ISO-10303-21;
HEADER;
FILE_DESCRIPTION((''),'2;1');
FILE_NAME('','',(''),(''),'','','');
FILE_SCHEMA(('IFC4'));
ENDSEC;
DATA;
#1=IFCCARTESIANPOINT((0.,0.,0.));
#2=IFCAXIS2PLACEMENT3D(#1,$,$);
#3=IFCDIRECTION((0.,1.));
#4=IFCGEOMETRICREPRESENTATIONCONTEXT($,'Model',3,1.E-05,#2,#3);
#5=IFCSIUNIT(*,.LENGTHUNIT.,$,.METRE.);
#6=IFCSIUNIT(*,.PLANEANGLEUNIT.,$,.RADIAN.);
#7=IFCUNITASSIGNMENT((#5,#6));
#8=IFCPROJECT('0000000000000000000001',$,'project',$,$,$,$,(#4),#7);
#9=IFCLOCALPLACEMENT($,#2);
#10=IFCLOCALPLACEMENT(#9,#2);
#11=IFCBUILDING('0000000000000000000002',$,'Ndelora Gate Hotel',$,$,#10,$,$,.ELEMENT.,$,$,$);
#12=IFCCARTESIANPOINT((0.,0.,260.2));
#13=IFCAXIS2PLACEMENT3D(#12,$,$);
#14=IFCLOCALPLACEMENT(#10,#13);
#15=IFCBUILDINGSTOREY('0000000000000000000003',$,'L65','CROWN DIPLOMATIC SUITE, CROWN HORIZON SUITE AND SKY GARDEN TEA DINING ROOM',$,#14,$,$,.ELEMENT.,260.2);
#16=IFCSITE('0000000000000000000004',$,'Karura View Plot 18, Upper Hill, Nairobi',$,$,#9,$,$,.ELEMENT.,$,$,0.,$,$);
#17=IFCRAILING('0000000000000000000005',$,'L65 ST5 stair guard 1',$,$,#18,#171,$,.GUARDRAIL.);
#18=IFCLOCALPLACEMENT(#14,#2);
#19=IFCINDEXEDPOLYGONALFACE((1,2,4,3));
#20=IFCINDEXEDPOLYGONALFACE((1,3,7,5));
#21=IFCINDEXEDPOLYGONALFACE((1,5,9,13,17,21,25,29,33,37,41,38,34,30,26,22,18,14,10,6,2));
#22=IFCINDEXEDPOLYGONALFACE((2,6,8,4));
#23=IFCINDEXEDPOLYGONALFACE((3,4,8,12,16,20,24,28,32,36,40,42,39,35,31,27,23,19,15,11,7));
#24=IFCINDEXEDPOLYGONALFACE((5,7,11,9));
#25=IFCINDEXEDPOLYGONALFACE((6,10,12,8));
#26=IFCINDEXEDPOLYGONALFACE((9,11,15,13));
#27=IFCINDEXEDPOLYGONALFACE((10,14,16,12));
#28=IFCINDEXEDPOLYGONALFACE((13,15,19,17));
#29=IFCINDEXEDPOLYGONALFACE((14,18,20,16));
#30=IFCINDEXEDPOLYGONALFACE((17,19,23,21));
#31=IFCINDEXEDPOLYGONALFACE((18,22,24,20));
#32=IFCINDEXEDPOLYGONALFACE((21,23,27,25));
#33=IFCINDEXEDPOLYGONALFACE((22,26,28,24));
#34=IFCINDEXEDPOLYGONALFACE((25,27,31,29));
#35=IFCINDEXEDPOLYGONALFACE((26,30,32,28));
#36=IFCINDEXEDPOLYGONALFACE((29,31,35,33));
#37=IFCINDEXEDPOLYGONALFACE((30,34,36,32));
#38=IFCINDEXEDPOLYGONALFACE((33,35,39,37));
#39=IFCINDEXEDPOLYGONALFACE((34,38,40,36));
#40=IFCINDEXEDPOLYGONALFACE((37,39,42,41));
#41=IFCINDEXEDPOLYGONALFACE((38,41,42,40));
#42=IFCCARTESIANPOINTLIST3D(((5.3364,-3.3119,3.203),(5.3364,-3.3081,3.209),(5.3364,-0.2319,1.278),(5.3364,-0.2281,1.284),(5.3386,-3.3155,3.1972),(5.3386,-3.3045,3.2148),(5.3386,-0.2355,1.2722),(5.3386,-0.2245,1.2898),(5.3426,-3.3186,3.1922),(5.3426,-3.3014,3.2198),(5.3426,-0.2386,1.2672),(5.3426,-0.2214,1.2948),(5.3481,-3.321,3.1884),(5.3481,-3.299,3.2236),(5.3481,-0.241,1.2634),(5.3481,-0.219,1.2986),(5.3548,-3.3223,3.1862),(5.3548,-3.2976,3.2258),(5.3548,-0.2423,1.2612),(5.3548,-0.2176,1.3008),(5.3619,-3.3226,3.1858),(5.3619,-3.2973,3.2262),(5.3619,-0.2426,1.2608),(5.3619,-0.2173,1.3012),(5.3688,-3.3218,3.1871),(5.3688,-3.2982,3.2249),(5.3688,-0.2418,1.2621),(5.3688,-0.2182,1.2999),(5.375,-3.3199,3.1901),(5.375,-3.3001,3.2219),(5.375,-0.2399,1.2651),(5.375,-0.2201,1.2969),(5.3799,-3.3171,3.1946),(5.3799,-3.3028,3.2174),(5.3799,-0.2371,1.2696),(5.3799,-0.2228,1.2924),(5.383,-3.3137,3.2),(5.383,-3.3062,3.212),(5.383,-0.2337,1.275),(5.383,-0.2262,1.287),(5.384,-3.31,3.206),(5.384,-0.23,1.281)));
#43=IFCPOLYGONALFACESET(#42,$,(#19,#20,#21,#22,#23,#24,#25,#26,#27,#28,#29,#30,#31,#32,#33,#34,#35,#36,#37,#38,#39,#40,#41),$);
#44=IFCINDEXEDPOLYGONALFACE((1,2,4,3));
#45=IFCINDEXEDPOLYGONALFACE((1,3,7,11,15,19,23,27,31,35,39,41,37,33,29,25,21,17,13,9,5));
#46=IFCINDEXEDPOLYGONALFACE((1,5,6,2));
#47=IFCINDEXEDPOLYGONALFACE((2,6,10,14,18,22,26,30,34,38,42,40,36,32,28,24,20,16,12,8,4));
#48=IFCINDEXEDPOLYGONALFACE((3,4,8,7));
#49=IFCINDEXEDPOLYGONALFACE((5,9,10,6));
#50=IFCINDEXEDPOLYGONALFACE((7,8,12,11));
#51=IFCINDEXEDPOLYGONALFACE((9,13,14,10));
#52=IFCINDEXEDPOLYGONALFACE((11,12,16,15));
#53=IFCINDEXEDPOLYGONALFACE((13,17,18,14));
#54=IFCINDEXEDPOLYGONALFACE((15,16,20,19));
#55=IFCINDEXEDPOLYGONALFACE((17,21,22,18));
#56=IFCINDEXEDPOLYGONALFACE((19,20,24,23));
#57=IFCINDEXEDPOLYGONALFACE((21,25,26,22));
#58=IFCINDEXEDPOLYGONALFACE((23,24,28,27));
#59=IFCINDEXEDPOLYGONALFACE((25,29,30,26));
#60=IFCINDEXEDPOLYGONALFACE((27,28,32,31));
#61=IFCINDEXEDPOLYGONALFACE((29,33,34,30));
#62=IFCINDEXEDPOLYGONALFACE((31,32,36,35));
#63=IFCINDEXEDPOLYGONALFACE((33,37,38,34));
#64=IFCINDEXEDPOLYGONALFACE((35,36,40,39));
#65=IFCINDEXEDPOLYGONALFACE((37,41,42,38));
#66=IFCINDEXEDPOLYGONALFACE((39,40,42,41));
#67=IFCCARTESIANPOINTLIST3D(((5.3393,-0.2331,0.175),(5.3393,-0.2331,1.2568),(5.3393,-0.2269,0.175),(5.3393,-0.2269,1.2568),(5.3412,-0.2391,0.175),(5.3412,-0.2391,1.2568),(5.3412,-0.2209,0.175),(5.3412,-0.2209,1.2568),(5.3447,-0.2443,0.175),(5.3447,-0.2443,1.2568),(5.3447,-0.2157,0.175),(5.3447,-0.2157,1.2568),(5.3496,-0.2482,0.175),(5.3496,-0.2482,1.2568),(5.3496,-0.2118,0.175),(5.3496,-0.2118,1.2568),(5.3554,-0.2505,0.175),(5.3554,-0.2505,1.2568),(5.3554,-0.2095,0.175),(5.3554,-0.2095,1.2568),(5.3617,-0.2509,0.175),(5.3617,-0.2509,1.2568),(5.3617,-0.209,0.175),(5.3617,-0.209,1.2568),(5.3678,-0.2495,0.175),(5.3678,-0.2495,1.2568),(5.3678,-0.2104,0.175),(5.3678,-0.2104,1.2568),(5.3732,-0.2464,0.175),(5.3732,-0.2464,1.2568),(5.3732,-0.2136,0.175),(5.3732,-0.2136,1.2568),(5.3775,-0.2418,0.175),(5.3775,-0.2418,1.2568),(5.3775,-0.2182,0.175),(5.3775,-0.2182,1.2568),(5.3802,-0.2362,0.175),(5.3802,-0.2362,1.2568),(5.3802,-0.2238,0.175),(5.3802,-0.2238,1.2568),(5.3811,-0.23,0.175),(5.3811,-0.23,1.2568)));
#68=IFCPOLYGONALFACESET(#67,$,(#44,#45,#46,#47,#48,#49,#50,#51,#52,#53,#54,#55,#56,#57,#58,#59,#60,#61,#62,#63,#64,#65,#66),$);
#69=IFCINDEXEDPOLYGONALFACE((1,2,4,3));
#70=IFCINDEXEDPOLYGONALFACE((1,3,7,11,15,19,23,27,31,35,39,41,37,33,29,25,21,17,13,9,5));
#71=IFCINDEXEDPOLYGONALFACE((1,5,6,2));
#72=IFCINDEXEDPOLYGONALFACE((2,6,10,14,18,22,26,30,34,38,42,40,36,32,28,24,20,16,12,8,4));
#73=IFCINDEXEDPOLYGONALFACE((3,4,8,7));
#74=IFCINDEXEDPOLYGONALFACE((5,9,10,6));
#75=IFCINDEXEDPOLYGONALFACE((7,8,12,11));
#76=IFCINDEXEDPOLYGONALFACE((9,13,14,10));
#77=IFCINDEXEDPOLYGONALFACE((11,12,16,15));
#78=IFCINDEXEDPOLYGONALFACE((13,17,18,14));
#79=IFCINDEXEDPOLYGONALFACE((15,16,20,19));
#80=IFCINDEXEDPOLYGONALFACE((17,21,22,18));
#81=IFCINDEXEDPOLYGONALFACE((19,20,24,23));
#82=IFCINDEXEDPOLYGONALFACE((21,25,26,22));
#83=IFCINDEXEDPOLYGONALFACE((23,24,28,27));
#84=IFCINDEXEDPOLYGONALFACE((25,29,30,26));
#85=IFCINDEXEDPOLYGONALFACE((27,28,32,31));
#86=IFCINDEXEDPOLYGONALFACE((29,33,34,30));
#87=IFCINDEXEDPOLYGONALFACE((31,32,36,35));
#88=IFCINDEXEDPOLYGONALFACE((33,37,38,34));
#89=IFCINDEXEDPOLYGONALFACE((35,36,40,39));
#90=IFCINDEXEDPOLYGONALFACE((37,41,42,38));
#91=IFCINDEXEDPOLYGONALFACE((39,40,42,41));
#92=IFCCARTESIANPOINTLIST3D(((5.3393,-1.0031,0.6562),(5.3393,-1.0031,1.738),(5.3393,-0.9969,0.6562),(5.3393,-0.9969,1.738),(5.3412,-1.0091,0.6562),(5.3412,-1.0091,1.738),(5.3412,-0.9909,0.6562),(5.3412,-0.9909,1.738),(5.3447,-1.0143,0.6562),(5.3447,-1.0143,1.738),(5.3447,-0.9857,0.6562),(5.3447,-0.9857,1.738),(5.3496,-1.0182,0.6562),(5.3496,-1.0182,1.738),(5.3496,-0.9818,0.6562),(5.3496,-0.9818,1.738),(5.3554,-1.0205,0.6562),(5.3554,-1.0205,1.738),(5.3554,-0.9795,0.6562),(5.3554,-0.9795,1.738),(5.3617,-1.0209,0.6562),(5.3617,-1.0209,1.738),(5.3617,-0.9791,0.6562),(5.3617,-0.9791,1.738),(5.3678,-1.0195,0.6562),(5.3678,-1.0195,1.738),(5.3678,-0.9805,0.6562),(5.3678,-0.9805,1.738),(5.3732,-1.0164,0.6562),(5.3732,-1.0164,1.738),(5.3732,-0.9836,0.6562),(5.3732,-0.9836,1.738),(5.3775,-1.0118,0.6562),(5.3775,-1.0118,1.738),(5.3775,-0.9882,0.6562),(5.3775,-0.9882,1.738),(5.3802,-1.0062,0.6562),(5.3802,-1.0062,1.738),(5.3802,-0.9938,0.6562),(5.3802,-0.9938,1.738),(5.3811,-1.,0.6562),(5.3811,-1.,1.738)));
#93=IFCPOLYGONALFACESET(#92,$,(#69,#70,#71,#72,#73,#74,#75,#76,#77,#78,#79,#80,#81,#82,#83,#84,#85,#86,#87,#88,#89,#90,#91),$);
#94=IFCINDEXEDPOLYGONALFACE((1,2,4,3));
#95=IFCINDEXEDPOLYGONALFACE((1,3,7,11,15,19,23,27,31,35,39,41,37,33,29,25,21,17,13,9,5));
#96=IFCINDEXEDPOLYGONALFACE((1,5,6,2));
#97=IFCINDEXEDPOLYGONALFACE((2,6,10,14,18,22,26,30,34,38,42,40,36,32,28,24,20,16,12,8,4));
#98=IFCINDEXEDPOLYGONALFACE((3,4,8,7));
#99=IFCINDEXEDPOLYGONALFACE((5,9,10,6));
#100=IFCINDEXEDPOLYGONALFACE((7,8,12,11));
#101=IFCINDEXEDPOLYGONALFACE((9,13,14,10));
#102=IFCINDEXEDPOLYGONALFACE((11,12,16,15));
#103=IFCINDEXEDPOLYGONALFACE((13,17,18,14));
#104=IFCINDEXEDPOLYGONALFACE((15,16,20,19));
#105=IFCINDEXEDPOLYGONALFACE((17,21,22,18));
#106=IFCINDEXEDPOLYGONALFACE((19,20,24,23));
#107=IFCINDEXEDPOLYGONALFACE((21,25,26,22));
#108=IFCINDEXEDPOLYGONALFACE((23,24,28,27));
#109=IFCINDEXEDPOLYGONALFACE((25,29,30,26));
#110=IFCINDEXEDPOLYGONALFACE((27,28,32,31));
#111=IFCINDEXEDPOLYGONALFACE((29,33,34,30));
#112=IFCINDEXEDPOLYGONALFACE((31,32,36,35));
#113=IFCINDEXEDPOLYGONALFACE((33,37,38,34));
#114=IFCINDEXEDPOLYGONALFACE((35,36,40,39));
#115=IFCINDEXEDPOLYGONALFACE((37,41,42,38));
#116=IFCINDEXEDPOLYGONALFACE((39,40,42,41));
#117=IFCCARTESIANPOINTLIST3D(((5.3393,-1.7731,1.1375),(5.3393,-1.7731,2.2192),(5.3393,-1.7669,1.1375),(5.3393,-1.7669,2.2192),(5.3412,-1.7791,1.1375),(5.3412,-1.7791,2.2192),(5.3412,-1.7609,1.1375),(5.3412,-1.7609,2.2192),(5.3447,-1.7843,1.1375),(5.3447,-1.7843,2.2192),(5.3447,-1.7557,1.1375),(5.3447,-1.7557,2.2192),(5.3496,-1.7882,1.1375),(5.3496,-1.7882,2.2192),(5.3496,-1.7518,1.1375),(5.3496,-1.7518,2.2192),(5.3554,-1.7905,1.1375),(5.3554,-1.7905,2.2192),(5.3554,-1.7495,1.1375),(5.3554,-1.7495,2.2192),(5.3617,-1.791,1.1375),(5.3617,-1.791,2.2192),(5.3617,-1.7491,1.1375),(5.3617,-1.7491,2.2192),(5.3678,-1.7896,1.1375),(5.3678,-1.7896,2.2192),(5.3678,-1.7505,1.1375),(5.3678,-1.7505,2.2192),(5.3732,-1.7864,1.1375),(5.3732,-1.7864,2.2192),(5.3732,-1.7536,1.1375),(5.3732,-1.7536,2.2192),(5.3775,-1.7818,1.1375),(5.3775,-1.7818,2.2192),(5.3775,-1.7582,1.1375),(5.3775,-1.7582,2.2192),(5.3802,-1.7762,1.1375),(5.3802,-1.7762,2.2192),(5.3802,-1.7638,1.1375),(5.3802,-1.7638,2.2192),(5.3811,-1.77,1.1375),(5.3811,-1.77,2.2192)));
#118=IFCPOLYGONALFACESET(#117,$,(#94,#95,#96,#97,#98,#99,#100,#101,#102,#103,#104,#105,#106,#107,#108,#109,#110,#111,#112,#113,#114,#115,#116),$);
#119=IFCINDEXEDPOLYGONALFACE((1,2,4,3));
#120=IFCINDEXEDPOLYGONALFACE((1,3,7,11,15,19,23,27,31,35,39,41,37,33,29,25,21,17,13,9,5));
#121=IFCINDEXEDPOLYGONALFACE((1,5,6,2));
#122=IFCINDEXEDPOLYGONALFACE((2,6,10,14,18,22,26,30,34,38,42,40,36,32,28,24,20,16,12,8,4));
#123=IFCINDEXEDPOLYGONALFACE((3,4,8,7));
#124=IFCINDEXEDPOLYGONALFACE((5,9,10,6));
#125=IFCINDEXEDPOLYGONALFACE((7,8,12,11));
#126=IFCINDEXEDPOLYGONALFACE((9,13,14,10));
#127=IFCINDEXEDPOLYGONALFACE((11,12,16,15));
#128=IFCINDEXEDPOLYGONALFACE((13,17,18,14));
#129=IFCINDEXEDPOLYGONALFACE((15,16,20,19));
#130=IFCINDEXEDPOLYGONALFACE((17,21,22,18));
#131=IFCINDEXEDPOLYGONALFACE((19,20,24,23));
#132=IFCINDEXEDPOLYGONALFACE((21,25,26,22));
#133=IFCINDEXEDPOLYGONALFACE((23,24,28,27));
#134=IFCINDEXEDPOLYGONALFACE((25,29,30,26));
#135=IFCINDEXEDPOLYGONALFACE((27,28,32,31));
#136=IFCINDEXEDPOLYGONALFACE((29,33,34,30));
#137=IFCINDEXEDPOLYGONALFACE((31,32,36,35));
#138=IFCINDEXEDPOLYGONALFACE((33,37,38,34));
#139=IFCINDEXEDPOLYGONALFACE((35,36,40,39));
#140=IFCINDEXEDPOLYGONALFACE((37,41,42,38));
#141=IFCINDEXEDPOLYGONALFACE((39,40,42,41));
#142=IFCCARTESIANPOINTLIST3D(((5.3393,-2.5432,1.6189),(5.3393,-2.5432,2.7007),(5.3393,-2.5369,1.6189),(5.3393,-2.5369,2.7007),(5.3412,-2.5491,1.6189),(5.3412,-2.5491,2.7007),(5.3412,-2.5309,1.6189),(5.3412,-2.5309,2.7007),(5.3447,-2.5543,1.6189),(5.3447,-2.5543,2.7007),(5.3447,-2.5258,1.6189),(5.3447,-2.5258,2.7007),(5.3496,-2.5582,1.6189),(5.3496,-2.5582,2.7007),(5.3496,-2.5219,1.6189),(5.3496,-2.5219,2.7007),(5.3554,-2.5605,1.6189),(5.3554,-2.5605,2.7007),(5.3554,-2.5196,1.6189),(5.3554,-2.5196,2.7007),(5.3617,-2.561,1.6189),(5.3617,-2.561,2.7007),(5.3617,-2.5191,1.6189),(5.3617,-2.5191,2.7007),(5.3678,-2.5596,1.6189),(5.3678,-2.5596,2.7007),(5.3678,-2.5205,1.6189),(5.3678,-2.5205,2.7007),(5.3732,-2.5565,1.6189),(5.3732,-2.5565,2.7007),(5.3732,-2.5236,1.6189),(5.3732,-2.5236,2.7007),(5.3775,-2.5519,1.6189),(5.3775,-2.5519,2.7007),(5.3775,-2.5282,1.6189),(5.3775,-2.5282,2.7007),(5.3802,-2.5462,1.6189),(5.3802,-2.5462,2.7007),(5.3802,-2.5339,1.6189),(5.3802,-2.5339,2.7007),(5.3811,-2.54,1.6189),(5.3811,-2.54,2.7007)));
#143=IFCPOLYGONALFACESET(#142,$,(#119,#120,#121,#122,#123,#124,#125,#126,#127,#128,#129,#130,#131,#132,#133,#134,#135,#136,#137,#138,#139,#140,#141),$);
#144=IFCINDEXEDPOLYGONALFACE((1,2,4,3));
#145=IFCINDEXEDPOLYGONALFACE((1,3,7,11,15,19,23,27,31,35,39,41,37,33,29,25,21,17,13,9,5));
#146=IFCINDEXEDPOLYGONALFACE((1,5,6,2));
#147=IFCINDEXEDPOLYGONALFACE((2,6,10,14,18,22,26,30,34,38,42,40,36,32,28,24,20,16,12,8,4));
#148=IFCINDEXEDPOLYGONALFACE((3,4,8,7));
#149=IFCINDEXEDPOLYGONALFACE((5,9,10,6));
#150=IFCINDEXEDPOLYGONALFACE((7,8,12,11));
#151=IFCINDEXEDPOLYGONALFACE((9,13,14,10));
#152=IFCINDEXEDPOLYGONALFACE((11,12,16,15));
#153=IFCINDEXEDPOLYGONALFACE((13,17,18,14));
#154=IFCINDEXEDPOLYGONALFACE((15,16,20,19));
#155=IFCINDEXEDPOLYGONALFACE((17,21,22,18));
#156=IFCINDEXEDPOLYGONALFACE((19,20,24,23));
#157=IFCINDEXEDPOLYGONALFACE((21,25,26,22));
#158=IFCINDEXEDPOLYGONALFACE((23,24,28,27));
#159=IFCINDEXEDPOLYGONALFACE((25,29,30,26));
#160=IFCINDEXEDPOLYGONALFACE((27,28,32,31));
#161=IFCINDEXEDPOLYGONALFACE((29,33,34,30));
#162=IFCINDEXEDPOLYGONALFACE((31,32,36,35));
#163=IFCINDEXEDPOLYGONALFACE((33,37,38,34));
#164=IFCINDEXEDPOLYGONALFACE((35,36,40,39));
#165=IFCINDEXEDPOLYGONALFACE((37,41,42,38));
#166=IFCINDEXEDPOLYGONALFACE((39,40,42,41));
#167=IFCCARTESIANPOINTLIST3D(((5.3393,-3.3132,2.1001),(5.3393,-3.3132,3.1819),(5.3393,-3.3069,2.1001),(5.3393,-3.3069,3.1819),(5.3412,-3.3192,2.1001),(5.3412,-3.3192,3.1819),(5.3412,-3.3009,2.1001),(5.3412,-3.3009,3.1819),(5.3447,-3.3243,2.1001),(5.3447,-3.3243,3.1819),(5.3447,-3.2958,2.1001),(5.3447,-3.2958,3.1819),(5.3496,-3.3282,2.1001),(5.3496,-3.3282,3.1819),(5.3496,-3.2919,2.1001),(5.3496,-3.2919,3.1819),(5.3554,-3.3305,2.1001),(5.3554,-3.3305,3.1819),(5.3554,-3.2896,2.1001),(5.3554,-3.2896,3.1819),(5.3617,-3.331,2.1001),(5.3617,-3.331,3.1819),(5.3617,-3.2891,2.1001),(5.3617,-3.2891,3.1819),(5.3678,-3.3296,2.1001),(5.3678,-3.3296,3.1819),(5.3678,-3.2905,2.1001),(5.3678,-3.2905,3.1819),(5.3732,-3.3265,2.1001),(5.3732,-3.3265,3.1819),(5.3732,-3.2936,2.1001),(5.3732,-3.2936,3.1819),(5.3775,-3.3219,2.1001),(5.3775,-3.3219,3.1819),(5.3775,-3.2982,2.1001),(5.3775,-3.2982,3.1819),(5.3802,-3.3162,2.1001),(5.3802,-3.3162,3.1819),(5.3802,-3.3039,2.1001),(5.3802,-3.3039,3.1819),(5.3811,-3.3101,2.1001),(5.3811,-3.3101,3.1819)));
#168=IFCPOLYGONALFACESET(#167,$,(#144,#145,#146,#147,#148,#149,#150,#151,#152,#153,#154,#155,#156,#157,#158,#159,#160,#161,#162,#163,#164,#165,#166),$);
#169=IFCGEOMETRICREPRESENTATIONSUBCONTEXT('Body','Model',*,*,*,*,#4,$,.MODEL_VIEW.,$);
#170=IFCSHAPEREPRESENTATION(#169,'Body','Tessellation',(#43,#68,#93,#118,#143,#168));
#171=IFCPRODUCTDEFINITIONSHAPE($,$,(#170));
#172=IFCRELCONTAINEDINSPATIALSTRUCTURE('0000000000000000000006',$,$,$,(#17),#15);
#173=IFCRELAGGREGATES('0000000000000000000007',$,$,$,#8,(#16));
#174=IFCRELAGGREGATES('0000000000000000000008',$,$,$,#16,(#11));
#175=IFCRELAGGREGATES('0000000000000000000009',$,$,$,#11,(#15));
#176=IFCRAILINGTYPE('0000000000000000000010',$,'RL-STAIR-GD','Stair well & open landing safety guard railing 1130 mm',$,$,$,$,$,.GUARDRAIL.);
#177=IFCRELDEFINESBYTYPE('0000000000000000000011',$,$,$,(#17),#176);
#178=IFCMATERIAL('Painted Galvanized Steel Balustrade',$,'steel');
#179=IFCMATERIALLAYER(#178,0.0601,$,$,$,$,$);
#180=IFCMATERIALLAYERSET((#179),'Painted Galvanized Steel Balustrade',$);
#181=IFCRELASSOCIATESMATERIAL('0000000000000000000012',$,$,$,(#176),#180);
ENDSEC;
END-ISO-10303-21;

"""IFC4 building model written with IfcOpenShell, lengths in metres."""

from ifc_helpers import new_model, si_unit, direction, frame, origin, origin_2d, place, context, subcontext, project, spatial, circle, extrude, material, layer, layer_set, type_object, element, save


model = new_model("IFC4")

# Units and contexts
model_context = context("Model", 3, precision=1e-05, world=origin(), true_north=direction((0.0, 1.0)))
body_context = subcontext(model_context, "Body", "Model", "MODEL_VIEW")
ifc_project = project(units=[si_unit("LENGTHUNIT", "METRE"), si_unit("PLANEANGLEUNIT", "RADIAN")], contexts=[model_context])

# Site, building, storey
site_placement = place(None, origin())
site = spatial("IfcSite", under=ifc_project, at=site_placement, Name="Karura View Plot 18, Upper Hill, Nairobi", CompositionType="ELEMENT", RefElevation=0.0)
building_placement = place(site_placement, origin())
building = spatial("IfcBuilding", under=site, at=building_placement, Name="Ndelora Gate Hotel", CompositionType="ELEMENT")
storey_placement = place(building_placement, frame((0.0, 0.0, 260.2)))
storey = spatial("IfcBuildingStorey", under=building, at=storey_placement, Name="L65", Description="CROWN DIPLOMATIC SUITE, CROWN HORIZON SUITE AND SKY GARDEN TEA DINING ROOM", CompositionType="ELEMENT", Elevation=260.2)

# Railing
ifc_material_1 = material(Name="Painted Galvanized Steel Balustrade", Category="steel")
ifc_layer_1 = layer(ifc_material_1, 0.0601)
ifc_layer_set_1 = layer_set([ifc_layer_1], Name="Painted Galvanized Steel Balustrade")
railing_type_1 = type_object("IfcRailingType", Name="RL-STAIR-GD", Description="Stair well & open landing safety guard railing 1130 mm", PredefinedType="GUARDRAIL", material=ifc_layer_set_1)
railing_1_placement = place(storey_placement, frame((5.3601, -0.23, 0.175)))
element("IfcRailing", 1, at=railing_1_placement, inside=storey, type_object=railing_type_1, Name="L65 ST5 stair guard 1", PredefinedType="GUARDRAIL", context=body_context, shape_type="SweptSolid", body=[
    extrude(circle(Radius=0.0239, at=origin_2d()), frame((0.0, 0.0, 1.106), z_axis=(0.0, -0.847998, 0.529999), x_axis=(1.0, 0.0, 0.0)), (0.0, 0.0, 1.0), 3.6321),
    extrude(circle(Radius=0.021, at=origin_2d()), origin(), (0.0, 0.0, 1.0), 1.0818),
    extrude(circle(Radius=0.021, at=origin_2d()), frame((0.0, -0.77, 0.4812)), (0.0, 0.0, 1.0), 1.0818),
    extrude(circle(Radius=0.021, at=origin_2d()), frame((0.0, -1.54, 0.9624)), (0.0, 0.0, 1.0), 1.0818),
    extrude(circle(Radius=0.021, at=origin_2d()), frame((0.0, -2.3101, 1.4438)), (0.0, 0.0, 1.0), 1.0818),
    extrude(circle(Radius=0.021, at=origin_2d()), frame((0.0, -3.0801, 1.925)), (0.0, 0.0, 1.0), 1.0818),
])

save(model, "model.ifc")
